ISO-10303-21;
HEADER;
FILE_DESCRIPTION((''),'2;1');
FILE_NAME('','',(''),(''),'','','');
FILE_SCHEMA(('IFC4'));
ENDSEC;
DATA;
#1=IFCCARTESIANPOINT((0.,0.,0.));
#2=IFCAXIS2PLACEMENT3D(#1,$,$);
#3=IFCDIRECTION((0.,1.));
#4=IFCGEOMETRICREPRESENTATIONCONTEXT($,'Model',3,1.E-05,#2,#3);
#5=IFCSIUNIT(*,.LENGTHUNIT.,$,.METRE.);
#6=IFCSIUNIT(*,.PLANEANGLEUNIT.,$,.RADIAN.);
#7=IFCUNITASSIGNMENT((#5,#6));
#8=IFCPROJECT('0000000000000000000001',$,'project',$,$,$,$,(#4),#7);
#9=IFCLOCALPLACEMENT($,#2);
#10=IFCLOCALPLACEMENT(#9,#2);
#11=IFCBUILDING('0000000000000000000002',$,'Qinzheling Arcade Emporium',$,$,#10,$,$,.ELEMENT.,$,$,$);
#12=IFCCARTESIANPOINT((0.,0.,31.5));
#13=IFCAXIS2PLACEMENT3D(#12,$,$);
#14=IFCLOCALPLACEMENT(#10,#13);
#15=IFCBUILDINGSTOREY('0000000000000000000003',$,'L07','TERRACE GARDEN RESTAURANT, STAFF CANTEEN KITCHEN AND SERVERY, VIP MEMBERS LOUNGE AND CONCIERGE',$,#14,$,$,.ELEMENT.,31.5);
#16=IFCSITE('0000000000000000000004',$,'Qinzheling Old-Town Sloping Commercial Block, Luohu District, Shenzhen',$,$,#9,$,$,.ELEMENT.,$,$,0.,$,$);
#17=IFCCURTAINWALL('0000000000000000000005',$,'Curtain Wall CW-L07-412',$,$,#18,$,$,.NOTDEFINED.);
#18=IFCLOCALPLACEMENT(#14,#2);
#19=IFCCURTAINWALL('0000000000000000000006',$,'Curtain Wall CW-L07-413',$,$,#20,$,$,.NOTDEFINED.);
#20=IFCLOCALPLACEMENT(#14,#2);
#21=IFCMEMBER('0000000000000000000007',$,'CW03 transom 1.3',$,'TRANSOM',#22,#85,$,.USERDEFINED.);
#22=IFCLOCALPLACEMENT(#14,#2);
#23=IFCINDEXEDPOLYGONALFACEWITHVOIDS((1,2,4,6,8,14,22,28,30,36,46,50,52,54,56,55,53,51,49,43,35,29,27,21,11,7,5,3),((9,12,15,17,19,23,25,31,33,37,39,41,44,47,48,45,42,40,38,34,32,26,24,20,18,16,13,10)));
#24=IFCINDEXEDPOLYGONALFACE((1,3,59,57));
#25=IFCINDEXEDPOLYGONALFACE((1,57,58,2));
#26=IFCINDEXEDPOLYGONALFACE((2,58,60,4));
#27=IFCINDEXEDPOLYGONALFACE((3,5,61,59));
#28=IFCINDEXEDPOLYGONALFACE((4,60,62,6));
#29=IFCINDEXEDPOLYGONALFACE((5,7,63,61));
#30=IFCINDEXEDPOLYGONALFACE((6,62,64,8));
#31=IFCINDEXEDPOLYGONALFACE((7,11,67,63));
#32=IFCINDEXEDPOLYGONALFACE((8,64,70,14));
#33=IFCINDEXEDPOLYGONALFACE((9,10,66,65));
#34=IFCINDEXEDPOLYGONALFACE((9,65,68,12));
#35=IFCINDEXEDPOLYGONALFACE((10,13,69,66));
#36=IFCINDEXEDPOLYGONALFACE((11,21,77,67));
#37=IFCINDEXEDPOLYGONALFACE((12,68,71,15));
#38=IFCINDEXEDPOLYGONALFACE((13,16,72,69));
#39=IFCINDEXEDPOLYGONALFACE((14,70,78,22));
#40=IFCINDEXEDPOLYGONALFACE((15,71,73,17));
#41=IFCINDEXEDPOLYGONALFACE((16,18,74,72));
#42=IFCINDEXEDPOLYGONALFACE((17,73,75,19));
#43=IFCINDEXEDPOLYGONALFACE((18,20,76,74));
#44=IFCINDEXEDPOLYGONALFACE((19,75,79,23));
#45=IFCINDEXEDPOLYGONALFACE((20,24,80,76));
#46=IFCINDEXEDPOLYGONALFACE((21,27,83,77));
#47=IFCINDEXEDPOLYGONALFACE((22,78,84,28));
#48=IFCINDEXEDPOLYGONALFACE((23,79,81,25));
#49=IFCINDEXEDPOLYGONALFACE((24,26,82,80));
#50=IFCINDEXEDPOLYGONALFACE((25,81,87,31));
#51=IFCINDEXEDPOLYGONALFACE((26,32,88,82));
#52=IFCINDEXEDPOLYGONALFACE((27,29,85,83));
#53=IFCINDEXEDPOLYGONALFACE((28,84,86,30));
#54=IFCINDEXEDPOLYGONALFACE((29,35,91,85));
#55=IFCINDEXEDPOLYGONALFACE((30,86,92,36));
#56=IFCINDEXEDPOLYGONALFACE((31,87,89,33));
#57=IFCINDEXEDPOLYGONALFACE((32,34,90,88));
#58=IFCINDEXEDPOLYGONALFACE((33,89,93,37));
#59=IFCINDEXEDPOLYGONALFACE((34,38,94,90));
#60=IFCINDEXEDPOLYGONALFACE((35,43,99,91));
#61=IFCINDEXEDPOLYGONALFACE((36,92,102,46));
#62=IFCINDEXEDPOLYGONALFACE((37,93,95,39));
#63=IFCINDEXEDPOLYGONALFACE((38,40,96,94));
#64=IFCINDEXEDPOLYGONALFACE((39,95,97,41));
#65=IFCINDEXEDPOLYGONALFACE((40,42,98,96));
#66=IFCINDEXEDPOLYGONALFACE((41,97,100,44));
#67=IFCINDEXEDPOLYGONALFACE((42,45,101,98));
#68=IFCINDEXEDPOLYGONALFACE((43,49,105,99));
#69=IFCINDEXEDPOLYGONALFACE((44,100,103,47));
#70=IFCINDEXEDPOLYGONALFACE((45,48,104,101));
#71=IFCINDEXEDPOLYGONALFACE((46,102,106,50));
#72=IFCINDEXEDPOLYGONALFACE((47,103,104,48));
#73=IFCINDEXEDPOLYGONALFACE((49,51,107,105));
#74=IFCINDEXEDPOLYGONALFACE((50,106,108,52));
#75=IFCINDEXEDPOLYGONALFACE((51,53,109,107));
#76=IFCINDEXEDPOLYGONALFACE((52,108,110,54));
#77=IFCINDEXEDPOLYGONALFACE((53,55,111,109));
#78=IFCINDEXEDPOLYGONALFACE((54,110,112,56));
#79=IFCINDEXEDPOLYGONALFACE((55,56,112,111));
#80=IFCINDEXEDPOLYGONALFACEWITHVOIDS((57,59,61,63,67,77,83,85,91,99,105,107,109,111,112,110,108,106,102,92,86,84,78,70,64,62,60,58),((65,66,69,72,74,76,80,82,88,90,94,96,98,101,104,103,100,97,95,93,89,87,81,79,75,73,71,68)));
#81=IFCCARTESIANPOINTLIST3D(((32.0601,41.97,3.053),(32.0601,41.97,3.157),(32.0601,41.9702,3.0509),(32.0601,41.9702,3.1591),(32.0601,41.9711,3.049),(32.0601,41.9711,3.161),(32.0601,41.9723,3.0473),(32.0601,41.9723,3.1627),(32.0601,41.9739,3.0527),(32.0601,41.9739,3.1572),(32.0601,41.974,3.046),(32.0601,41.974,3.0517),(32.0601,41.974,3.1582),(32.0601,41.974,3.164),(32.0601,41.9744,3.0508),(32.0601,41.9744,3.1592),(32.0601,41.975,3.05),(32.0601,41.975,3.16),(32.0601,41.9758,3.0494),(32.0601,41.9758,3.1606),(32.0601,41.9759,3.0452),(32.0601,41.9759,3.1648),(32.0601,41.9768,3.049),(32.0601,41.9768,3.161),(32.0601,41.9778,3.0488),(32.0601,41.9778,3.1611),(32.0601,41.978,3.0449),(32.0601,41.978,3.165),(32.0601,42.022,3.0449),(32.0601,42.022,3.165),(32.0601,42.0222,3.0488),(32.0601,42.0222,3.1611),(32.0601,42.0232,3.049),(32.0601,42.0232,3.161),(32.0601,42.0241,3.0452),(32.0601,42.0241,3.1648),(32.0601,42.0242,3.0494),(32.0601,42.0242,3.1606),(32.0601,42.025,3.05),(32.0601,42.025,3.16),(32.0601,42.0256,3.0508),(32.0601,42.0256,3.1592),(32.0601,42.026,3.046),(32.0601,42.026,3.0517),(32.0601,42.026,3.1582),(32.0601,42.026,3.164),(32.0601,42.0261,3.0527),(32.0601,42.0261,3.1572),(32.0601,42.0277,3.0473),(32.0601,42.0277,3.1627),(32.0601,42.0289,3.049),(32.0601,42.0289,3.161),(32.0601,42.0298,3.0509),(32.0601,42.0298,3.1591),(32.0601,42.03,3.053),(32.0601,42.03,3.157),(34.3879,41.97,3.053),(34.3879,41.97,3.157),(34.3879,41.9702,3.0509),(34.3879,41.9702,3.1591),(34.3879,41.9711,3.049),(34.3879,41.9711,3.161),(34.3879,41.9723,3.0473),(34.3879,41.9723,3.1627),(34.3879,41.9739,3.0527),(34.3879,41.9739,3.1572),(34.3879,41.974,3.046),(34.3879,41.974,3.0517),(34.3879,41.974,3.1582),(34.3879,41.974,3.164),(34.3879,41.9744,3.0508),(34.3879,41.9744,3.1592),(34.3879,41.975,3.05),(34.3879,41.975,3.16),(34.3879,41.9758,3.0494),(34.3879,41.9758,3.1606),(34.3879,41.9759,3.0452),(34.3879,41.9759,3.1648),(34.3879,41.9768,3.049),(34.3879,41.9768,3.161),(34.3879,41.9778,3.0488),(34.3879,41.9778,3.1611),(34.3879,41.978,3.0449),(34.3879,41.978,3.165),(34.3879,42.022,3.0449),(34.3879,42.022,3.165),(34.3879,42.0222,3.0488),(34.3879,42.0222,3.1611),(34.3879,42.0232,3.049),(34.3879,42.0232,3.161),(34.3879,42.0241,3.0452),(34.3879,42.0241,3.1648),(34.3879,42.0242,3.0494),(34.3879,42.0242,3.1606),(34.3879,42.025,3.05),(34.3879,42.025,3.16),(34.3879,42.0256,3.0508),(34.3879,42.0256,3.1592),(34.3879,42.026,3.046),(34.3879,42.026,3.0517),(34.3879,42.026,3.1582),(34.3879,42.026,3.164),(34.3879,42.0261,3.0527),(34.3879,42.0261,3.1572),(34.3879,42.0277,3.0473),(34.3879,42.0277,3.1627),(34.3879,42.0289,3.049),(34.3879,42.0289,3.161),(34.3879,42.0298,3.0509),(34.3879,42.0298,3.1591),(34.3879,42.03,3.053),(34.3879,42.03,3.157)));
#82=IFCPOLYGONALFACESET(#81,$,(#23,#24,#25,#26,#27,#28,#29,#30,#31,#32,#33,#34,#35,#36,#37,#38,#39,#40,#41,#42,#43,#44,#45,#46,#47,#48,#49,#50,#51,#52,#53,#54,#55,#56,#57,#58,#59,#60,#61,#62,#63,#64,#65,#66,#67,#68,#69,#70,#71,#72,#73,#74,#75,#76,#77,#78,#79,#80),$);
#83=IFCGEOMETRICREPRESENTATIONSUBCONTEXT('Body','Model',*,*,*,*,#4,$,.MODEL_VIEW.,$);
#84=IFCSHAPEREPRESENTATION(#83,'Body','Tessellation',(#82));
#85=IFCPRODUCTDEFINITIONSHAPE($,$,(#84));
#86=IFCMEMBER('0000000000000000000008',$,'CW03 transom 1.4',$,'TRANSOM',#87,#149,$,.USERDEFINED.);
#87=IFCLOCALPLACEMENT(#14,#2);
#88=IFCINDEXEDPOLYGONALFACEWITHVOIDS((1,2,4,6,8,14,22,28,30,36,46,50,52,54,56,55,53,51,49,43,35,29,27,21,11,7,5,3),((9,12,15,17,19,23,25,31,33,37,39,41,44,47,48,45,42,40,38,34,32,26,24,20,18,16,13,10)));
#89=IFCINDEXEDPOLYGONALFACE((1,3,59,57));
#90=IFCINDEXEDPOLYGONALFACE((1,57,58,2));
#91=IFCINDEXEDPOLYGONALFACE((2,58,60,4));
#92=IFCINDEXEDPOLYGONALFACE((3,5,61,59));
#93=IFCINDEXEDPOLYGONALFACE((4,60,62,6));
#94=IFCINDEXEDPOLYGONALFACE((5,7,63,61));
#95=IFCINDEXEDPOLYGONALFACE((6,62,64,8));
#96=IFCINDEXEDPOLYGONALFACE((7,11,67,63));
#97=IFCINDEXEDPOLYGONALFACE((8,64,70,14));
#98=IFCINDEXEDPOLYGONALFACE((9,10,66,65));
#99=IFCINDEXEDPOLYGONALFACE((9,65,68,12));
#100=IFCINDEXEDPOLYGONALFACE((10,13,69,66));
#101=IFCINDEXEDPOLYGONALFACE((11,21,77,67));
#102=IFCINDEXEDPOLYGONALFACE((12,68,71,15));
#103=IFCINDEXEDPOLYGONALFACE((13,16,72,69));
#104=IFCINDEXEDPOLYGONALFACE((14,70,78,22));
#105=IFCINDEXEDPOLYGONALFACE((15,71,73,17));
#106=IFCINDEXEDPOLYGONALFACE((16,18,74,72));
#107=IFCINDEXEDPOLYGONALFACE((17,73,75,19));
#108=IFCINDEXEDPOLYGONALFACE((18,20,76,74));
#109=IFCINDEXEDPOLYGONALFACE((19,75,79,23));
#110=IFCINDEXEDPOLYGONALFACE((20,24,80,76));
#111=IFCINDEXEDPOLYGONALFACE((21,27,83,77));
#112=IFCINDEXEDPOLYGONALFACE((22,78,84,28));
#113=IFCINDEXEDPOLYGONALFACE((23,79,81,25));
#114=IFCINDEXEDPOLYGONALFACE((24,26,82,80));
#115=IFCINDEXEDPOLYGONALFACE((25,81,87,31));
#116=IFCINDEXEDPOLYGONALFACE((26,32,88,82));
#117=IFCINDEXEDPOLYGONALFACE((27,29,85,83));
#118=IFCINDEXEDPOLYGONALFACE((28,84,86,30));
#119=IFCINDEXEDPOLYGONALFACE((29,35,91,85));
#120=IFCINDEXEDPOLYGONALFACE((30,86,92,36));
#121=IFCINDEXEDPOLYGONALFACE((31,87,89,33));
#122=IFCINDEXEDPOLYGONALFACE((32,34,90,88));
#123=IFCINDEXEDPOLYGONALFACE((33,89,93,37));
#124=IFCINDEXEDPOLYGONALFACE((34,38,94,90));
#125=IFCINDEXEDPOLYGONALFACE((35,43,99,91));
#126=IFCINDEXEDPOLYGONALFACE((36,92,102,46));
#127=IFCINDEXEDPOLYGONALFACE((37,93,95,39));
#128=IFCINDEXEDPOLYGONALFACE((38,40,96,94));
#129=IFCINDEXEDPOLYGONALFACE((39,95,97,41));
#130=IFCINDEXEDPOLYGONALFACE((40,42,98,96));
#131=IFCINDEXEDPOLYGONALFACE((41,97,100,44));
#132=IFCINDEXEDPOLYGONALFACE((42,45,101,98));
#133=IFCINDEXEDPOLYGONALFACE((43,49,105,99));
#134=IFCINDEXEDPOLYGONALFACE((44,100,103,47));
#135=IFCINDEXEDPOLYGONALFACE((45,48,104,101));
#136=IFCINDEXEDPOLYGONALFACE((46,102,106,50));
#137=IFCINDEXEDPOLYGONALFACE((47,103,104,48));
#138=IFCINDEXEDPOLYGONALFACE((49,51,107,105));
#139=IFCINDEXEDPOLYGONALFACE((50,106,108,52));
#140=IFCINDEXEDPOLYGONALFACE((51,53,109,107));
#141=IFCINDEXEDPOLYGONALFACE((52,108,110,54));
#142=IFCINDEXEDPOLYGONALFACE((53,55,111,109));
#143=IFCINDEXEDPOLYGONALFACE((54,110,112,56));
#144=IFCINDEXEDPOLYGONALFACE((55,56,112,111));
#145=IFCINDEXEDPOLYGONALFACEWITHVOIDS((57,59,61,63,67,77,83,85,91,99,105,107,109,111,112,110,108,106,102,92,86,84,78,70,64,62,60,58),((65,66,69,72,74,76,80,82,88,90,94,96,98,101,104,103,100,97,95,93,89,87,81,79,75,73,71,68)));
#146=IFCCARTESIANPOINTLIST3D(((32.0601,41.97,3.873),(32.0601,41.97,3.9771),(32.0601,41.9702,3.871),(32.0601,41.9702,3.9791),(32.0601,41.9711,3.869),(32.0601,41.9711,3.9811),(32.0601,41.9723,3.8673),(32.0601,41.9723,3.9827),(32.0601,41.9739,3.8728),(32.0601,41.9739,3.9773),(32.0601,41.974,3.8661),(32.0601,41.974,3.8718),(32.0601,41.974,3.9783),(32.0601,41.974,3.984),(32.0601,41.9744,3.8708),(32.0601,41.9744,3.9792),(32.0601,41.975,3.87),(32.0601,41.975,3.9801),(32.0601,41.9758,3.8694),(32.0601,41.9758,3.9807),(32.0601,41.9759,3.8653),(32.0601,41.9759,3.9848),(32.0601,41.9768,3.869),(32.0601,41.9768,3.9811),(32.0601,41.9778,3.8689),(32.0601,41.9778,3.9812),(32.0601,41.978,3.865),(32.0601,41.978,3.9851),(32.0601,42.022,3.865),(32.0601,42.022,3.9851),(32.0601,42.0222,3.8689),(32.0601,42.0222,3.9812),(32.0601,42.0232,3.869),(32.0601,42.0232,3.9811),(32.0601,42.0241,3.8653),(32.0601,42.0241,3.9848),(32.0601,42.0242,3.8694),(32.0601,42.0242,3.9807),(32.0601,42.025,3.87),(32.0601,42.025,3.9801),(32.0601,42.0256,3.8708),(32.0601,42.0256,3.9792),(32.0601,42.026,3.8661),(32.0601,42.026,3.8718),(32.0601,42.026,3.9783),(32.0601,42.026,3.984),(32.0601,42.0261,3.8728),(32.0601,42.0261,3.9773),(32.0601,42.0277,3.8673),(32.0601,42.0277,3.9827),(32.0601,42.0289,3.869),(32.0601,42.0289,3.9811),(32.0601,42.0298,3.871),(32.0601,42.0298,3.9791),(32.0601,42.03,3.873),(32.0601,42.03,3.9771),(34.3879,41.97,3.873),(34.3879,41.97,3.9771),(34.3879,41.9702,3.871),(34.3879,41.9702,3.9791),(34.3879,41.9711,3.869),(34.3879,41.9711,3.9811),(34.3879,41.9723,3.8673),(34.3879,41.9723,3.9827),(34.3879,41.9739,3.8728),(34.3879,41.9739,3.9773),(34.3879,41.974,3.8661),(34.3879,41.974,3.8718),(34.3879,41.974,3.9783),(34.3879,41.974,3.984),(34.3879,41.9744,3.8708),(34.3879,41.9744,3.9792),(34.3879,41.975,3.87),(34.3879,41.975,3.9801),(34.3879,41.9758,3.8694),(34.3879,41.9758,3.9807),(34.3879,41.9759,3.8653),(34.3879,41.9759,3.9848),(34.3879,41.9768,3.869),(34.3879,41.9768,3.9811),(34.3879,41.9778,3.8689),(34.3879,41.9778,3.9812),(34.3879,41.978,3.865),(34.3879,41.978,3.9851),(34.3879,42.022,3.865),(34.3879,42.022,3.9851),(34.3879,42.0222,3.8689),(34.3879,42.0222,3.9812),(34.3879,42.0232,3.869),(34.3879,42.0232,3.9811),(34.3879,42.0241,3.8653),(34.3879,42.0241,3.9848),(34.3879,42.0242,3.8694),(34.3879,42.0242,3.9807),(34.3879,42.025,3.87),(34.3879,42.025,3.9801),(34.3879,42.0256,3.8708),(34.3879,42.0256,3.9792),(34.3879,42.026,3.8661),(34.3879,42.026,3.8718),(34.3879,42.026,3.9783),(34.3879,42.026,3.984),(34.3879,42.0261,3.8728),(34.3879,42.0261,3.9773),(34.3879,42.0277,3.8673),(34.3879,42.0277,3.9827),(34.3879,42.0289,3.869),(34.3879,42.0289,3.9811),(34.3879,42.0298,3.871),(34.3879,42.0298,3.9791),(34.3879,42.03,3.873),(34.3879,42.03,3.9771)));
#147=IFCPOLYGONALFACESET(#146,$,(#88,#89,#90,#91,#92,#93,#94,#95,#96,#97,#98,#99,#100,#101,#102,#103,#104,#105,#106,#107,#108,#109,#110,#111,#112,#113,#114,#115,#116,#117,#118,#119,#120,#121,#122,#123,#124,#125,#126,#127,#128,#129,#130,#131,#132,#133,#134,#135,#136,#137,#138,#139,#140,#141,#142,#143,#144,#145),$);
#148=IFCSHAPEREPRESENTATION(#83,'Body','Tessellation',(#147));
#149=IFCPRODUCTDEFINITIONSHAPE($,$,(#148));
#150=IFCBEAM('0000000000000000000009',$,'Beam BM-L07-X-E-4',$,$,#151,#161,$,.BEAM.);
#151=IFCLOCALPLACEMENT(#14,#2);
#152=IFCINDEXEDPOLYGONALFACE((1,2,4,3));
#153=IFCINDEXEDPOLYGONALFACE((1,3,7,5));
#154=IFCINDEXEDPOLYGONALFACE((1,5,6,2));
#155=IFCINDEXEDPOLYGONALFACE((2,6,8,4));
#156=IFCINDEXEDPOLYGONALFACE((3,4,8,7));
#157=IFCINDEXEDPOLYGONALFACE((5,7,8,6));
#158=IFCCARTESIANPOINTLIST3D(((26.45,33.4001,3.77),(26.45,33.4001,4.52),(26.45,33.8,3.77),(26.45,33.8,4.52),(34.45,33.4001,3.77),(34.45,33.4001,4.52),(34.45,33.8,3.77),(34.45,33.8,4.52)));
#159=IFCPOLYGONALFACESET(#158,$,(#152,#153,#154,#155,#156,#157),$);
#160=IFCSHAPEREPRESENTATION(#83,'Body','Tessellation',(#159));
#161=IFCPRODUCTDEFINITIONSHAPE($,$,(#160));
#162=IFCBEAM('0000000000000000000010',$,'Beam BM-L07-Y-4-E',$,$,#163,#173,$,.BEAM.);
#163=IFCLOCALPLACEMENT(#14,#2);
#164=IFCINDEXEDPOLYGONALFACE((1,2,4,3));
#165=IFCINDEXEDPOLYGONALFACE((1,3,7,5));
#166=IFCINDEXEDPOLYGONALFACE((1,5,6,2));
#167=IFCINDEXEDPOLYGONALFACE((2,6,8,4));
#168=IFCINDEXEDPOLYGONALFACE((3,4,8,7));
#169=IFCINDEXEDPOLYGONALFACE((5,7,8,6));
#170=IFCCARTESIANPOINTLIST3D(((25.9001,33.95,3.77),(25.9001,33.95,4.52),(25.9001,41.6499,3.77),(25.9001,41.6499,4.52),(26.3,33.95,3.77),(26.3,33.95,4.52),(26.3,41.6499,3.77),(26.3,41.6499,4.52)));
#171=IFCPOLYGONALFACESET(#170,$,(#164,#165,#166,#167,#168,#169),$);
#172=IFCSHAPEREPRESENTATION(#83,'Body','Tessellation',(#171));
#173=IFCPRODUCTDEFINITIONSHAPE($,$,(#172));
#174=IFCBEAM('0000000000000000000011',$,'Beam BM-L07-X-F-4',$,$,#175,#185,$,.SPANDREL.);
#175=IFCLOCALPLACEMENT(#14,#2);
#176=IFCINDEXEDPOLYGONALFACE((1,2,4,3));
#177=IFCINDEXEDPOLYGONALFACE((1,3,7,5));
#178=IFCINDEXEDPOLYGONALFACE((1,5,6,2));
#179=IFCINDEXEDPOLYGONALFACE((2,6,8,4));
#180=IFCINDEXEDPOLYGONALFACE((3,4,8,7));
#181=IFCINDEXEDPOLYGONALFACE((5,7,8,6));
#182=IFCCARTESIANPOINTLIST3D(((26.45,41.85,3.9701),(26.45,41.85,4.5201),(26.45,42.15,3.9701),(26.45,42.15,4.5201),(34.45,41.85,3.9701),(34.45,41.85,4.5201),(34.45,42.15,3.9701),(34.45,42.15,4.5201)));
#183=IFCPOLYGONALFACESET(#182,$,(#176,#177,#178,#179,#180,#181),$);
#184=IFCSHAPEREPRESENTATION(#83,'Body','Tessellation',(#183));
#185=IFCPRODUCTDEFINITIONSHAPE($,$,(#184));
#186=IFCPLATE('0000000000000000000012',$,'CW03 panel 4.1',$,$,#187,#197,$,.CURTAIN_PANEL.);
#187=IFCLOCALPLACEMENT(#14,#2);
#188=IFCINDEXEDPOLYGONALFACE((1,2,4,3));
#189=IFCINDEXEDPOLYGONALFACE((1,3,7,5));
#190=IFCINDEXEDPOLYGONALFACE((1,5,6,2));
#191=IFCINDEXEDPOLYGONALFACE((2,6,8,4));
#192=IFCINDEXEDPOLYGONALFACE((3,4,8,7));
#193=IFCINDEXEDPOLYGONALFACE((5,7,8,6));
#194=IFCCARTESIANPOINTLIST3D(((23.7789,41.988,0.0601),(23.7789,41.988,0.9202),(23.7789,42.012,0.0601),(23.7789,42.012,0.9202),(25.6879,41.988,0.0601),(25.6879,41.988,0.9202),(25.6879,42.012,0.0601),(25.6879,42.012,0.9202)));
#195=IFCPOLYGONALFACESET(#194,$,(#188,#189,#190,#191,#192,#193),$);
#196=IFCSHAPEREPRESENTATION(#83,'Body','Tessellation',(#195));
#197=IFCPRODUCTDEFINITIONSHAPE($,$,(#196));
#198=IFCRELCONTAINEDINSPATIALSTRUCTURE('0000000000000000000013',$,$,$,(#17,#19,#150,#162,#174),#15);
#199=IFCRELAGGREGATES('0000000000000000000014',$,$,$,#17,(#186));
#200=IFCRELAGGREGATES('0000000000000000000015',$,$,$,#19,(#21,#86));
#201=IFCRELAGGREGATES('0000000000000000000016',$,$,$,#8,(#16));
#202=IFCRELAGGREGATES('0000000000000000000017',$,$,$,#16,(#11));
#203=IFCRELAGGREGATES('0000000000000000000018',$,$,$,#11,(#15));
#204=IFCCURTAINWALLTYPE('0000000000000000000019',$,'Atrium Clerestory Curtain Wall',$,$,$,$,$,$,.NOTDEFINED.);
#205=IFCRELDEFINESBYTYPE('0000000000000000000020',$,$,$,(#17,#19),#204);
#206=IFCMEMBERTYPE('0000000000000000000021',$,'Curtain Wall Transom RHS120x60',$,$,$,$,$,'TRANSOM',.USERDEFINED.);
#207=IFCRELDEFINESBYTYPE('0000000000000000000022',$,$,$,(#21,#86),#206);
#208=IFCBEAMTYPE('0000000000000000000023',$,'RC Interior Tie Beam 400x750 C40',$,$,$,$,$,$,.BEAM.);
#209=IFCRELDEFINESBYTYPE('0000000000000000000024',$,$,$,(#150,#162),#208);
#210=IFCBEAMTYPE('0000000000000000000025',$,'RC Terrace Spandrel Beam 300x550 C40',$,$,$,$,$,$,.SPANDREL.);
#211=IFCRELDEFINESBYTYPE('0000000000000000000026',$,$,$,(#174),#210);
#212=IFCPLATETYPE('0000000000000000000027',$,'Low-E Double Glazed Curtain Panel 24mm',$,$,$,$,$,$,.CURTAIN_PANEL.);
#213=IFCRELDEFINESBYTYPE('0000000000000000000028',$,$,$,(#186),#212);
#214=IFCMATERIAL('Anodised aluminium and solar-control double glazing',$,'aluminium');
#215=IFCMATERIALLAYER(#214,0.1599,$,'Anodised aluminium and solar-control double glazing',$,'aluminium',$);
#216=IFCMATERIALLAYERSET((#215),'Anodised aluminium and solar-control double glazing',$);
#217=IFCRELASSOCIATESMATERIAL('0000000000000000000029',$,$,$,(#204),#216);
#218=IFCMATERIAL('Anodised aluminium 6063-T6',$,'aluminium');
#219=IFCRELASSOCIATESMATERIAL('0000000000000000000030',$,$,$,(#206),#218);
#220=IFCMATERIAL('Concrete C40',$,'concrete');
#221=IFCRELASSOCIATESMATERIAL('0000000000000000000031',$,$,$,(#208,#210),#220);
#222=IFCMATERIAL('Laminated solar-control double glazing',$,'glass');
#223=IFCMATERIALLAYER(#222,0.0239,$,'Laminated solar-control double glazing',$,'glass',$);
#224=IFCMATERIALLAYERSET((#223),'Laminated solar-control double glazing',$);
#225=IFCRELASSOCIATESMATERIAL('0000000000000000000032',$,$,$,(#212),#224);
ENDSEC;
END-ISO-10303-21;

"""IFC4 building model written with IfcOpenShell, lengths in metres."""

from ifc_helpers import new_model, si_unit, direction, frame, origin, origin_2d, place, context, subcontext, project, spatial, rectangle, hollow_rectangle, extrude, material, layer, layer_set, material_profile, profile_set, type_object, element, aggregate, save


model = new_model("IFC4")

# Units and contexts
model_context = context("Model", 3, precision=1e-05, world=origin(), true_north=direction((0.0, 1.0)))
body_context = subcontext(model_context, "Body", "Model", "MODEL_VIEW")
ifc_project = project(units=[si_unit("LENGTHUNIT", "METRE"), si_unit("PLANEANGLEUNIT", "RADIAN")], contexts=[model_context])

# Site, building, storey
site_placement = place(None, origin())
site = spatial("IfcSite", under=ifc_project, at=site_placement, Name="Qinzheling Old-Town Sloping Commercial Block, Luohu District, Shenzhen", CompositionType="ELEMENT", RefElevation=0.0)
building_placement = place(site_placement, origin())
building = spatial("IfcBuilding", under=site, at=building_placement, Name="Qinzheling Arcade Emporium", CompositionType="ELEMENT")
storey_placement = place(building_placement, frame((0.0, 0.0, 31.5)))
storey = spatial("IfcBuildingStorey", under=building, at=storey_placement, Name="L07", Description="TERRACE GARDEN RESTAURANT, STAFF CANTEEN KITCHEN AND SERVERY, VIP MEMBERS LOUNGE AND CONCIERGE", CompositionType="ELEMENT", Elevation=31.5)

# Shared definitions
ifc_material_1 = material(Name="Concrete C40", Category="concrete")

# Curtain wall
ifc_material_2 = material(Name="Anodised aluminium and solar-control double glazing", Category="aluminium")
ifc_layer_1 = layer(ifc_material_2, 0.1599, Name="Anodised aluminium and solar-control double glazing", Category="aluminium")
ifc_layer_set_1 = layer_set([ifc_layer_1], Name="Anodised aluminium and solar-control double glazing")
curtain_wall_type = type_object("IfcCurtainWallType", Name="Atrium Clerestory Curtain Wall", PredefinedType="NOTDEFINED", material=ifc_layer_set_1)
curtain_wall_1_placement = place(storey_placement, origin())
curtain_wall_1 = element("IfcCurtainWall", 1, at=curtain_wall_1_placement, inside=storey, type_object=curtain_wall_type, Name="Curtain Wall CW-L07-412", PredefinedType="NOTDEFINED")
ifc_material_3 = material(Name="Anodised aluminium 6063-T6", Category="aluminium")

# Curtain wall, members
curtain_wall_2_placement = place(storey_placement, origin())
curtain_wall_2 = element("IfcCurtainWall", 2, at=curtain_wall_2_placement, inside=storey, type_object=curtain_wall_type, Name="Curtain Wall CW-L07-413", PredefinedType="NOTDEFINED")
ifc_material_profile_1 = material_profile(ifc_material_3, hollow_rectangle(XDim=0.0601, YDim=0.1201, WallThickness=0.0039, InnerFilletRadius=0.0039, OuterFilletRadius=0.0081, at=origin_2d()), Name="RHS 120x60x4", Category="aluminium")
ifc_profile_set_1 = profile_set([ifc_material_profile_1], Name="Anodised aluminium 6063-T6")
member_type_1 = type_object("IfcMemberType", Name="Curtain Wall Transom RHS120x60", ElementType="TRANSOM", PredefinedType="USERDEFINED", material=ifc_profile_set_1)
member_1_placement = place(storey_placement, frame((32.0601, 42.0, 3.105), z_axis=(1.0, 0.0, 0.0), x_axis=(0.0, 1.0, 0.0)))
member_1 = element("IfcMember", 3, at=member_1_placement, type_object=member_type_1, Name="CW03 transom 1.3", ObjectType="TRANSOM", PredefinedType="USERDEFINED", context=body_context, shape_type="SweptSolid", body=[
    extrude(hollow_rectangle(XDim=0.0601, YDim=0.1201, WallThickness=0.0039, InnerFilletRadius=0.0039, OuterFilletRadius=0.0081, at=origin_2d()), origin(), (0.0, 0.0, 1.0), 2.3279),
])
member_2_placement = place(storey_placement, frame((32.0601, 42.0, 3.925), z_axis=(1.0, 0.0, 0.0), x_axis=(0.0, 1.0, 0.0)))
member_2 = element("IfcMember", 4, at=member_2_placement, type_object=member_type_1, Name="CW03 transom 1.4", ObjectType="TRANSOM", PredefinedType="USERDEFINED", context=body_context, shape_type="SweptSolid", body=[
    extrude(hollow_rectangle(XDim=0.0601, YDim=0.1201, WallThickness=0.0039, InnerFilletRadius=0.0039, OuterFilletRadius=0.0081, at=origin_2d()), origin(), (0.0, 0.0, 1.0), 2.3279),
])

# Beams
ifc_material_profile_2 = material_profile(ifc_material_1, rectangle(XDim=0.3999, YDim=0.75, at=origin_2d()), Name="RC 400x750", Category="concrete")
ifc_profile_set_2 = profile_set([ifc_material_profile_2], Name="Concrete C40")
beam_type_1 = type_object("IfcBeamType", Name="RC Interior Tie Beam 400x750 C40", PredefinedType="BEAM", material=ifc_profile_set_2)
beam_1_placement = place(storey_placement, frame((26.45, 33.6001, 4.145), z_axis=(1.0, 0.0, 0.0), x_axis=(0.0, 1.0, 0.0)))
element("IfcBeam", 5, at=beam_1_placement, inside=storey, type_object=beam_type_1, Name="Beam BM-L07-X-E-4", PredefinedType="BEAM", context=body_context, shape_type="SweptSolid", body=[
    extrude(rectangle(XDim=0.3999, YDim=0.75, at=origin_2d()), origin(), (0.0, 0.0, 1.0), 8.0),
])
beam_2_placement = place(storey_placement, frame((26.1001, 33.95, 4.145), z_axis=(0.0, 1.0, 0.0), x_axis=(-1.0, 0.0, 0.0)))
element("IfcBeam", 6, at=beam_2_placement, inside=storey, type_object=beam_type_1, Name="Beam BM-L07-Y-4-E", PredefinedType="BEAM", context=body_context, shape_type="SweptSolid", body=[
    extrude(rectangle(XDim=0.3999, YDim=0.75, at=origin_2d()), origin(), (0.0, 0.0, 1.0), 7.7),
])
ifc_material_profile_3 = material_profile(ifc_material_1, rectangle(XDim=0.3, YDim=0.55, at=origin_2d()), Name="RC 300x550", Category="concrete")
ifc_profile_set_3 = profile_set([ifc_material_profile_3], Name="Concrete C40")
beam_type_2 = type_object("IfcBeamType", Name="RC Terrace Spandrel Beam 300x550 C40", PredefinedType="SPANDREL", material=ifc_profile_set_3)
beam_3_placement = place(storey_placement, frame((26.45, 42.0, 4.2451), z_axis=(1.0, 0.0, 0.0), x_axis=(0.0, 1.0, 0.0)))
element("IfcBeam", 7, at=beam_3_placement, inside=storey, type_object=beam_type_2, Name="Beam BM-L07-X-F-4", PredefinedType="SPANDREL", context=body_context, shape_type="SweptSolid", body=[
    extrude(rectangle(XDim=0.3, YDim=0.55, at=origin_2d()), origin(), (0.0, 0.0, 1.0), 8.0),
])

# Plate
ifc_material_4 = material(Name="Laminated solar-control double glazing", Category="glass")
ifc_layer_2 = layer(ifc_material_4, 0.0239, Name="Laminated solar-control double glazing", Category="glass")
ifc_layer_set_2 = layer_set([ifc_layer_2], Name="Laminated solar-control double glazing")
plate_type_1 = type_object("IfcPlateType", Name="Low-E Double Glazed Curtain Panel 24mm", PredefinedType="CURTAIN_PANEL", material=ifc_layer_set_2)
plate_1_placement = place(storey_placement, frame((24.7334, 42.0, 0.0601), z_axis=(0.0, 0.0, 1.0), x_axis=(1.0, 0.0, 0.0)))
plate_1 = element("IfcPlate", 8, at=plate_1_placement, type_object=plate_type_1, Name="CW03 panel 4.1", PredefinedType="CURTAIN_PANEL", context=body_context, shape_type="SweptSolid", body=[
    extrude(rectangle(XDim=1.9089, YDim=0.0239, at=origin_2d()), origin(), (0.0, 0.0, 1.0), 0.8601),
])
aggregate(curtain_wall_1, [plate_1])
aggregate(curtain_wall_2, [member_1, member_2])

save(model, "model.ifc")
